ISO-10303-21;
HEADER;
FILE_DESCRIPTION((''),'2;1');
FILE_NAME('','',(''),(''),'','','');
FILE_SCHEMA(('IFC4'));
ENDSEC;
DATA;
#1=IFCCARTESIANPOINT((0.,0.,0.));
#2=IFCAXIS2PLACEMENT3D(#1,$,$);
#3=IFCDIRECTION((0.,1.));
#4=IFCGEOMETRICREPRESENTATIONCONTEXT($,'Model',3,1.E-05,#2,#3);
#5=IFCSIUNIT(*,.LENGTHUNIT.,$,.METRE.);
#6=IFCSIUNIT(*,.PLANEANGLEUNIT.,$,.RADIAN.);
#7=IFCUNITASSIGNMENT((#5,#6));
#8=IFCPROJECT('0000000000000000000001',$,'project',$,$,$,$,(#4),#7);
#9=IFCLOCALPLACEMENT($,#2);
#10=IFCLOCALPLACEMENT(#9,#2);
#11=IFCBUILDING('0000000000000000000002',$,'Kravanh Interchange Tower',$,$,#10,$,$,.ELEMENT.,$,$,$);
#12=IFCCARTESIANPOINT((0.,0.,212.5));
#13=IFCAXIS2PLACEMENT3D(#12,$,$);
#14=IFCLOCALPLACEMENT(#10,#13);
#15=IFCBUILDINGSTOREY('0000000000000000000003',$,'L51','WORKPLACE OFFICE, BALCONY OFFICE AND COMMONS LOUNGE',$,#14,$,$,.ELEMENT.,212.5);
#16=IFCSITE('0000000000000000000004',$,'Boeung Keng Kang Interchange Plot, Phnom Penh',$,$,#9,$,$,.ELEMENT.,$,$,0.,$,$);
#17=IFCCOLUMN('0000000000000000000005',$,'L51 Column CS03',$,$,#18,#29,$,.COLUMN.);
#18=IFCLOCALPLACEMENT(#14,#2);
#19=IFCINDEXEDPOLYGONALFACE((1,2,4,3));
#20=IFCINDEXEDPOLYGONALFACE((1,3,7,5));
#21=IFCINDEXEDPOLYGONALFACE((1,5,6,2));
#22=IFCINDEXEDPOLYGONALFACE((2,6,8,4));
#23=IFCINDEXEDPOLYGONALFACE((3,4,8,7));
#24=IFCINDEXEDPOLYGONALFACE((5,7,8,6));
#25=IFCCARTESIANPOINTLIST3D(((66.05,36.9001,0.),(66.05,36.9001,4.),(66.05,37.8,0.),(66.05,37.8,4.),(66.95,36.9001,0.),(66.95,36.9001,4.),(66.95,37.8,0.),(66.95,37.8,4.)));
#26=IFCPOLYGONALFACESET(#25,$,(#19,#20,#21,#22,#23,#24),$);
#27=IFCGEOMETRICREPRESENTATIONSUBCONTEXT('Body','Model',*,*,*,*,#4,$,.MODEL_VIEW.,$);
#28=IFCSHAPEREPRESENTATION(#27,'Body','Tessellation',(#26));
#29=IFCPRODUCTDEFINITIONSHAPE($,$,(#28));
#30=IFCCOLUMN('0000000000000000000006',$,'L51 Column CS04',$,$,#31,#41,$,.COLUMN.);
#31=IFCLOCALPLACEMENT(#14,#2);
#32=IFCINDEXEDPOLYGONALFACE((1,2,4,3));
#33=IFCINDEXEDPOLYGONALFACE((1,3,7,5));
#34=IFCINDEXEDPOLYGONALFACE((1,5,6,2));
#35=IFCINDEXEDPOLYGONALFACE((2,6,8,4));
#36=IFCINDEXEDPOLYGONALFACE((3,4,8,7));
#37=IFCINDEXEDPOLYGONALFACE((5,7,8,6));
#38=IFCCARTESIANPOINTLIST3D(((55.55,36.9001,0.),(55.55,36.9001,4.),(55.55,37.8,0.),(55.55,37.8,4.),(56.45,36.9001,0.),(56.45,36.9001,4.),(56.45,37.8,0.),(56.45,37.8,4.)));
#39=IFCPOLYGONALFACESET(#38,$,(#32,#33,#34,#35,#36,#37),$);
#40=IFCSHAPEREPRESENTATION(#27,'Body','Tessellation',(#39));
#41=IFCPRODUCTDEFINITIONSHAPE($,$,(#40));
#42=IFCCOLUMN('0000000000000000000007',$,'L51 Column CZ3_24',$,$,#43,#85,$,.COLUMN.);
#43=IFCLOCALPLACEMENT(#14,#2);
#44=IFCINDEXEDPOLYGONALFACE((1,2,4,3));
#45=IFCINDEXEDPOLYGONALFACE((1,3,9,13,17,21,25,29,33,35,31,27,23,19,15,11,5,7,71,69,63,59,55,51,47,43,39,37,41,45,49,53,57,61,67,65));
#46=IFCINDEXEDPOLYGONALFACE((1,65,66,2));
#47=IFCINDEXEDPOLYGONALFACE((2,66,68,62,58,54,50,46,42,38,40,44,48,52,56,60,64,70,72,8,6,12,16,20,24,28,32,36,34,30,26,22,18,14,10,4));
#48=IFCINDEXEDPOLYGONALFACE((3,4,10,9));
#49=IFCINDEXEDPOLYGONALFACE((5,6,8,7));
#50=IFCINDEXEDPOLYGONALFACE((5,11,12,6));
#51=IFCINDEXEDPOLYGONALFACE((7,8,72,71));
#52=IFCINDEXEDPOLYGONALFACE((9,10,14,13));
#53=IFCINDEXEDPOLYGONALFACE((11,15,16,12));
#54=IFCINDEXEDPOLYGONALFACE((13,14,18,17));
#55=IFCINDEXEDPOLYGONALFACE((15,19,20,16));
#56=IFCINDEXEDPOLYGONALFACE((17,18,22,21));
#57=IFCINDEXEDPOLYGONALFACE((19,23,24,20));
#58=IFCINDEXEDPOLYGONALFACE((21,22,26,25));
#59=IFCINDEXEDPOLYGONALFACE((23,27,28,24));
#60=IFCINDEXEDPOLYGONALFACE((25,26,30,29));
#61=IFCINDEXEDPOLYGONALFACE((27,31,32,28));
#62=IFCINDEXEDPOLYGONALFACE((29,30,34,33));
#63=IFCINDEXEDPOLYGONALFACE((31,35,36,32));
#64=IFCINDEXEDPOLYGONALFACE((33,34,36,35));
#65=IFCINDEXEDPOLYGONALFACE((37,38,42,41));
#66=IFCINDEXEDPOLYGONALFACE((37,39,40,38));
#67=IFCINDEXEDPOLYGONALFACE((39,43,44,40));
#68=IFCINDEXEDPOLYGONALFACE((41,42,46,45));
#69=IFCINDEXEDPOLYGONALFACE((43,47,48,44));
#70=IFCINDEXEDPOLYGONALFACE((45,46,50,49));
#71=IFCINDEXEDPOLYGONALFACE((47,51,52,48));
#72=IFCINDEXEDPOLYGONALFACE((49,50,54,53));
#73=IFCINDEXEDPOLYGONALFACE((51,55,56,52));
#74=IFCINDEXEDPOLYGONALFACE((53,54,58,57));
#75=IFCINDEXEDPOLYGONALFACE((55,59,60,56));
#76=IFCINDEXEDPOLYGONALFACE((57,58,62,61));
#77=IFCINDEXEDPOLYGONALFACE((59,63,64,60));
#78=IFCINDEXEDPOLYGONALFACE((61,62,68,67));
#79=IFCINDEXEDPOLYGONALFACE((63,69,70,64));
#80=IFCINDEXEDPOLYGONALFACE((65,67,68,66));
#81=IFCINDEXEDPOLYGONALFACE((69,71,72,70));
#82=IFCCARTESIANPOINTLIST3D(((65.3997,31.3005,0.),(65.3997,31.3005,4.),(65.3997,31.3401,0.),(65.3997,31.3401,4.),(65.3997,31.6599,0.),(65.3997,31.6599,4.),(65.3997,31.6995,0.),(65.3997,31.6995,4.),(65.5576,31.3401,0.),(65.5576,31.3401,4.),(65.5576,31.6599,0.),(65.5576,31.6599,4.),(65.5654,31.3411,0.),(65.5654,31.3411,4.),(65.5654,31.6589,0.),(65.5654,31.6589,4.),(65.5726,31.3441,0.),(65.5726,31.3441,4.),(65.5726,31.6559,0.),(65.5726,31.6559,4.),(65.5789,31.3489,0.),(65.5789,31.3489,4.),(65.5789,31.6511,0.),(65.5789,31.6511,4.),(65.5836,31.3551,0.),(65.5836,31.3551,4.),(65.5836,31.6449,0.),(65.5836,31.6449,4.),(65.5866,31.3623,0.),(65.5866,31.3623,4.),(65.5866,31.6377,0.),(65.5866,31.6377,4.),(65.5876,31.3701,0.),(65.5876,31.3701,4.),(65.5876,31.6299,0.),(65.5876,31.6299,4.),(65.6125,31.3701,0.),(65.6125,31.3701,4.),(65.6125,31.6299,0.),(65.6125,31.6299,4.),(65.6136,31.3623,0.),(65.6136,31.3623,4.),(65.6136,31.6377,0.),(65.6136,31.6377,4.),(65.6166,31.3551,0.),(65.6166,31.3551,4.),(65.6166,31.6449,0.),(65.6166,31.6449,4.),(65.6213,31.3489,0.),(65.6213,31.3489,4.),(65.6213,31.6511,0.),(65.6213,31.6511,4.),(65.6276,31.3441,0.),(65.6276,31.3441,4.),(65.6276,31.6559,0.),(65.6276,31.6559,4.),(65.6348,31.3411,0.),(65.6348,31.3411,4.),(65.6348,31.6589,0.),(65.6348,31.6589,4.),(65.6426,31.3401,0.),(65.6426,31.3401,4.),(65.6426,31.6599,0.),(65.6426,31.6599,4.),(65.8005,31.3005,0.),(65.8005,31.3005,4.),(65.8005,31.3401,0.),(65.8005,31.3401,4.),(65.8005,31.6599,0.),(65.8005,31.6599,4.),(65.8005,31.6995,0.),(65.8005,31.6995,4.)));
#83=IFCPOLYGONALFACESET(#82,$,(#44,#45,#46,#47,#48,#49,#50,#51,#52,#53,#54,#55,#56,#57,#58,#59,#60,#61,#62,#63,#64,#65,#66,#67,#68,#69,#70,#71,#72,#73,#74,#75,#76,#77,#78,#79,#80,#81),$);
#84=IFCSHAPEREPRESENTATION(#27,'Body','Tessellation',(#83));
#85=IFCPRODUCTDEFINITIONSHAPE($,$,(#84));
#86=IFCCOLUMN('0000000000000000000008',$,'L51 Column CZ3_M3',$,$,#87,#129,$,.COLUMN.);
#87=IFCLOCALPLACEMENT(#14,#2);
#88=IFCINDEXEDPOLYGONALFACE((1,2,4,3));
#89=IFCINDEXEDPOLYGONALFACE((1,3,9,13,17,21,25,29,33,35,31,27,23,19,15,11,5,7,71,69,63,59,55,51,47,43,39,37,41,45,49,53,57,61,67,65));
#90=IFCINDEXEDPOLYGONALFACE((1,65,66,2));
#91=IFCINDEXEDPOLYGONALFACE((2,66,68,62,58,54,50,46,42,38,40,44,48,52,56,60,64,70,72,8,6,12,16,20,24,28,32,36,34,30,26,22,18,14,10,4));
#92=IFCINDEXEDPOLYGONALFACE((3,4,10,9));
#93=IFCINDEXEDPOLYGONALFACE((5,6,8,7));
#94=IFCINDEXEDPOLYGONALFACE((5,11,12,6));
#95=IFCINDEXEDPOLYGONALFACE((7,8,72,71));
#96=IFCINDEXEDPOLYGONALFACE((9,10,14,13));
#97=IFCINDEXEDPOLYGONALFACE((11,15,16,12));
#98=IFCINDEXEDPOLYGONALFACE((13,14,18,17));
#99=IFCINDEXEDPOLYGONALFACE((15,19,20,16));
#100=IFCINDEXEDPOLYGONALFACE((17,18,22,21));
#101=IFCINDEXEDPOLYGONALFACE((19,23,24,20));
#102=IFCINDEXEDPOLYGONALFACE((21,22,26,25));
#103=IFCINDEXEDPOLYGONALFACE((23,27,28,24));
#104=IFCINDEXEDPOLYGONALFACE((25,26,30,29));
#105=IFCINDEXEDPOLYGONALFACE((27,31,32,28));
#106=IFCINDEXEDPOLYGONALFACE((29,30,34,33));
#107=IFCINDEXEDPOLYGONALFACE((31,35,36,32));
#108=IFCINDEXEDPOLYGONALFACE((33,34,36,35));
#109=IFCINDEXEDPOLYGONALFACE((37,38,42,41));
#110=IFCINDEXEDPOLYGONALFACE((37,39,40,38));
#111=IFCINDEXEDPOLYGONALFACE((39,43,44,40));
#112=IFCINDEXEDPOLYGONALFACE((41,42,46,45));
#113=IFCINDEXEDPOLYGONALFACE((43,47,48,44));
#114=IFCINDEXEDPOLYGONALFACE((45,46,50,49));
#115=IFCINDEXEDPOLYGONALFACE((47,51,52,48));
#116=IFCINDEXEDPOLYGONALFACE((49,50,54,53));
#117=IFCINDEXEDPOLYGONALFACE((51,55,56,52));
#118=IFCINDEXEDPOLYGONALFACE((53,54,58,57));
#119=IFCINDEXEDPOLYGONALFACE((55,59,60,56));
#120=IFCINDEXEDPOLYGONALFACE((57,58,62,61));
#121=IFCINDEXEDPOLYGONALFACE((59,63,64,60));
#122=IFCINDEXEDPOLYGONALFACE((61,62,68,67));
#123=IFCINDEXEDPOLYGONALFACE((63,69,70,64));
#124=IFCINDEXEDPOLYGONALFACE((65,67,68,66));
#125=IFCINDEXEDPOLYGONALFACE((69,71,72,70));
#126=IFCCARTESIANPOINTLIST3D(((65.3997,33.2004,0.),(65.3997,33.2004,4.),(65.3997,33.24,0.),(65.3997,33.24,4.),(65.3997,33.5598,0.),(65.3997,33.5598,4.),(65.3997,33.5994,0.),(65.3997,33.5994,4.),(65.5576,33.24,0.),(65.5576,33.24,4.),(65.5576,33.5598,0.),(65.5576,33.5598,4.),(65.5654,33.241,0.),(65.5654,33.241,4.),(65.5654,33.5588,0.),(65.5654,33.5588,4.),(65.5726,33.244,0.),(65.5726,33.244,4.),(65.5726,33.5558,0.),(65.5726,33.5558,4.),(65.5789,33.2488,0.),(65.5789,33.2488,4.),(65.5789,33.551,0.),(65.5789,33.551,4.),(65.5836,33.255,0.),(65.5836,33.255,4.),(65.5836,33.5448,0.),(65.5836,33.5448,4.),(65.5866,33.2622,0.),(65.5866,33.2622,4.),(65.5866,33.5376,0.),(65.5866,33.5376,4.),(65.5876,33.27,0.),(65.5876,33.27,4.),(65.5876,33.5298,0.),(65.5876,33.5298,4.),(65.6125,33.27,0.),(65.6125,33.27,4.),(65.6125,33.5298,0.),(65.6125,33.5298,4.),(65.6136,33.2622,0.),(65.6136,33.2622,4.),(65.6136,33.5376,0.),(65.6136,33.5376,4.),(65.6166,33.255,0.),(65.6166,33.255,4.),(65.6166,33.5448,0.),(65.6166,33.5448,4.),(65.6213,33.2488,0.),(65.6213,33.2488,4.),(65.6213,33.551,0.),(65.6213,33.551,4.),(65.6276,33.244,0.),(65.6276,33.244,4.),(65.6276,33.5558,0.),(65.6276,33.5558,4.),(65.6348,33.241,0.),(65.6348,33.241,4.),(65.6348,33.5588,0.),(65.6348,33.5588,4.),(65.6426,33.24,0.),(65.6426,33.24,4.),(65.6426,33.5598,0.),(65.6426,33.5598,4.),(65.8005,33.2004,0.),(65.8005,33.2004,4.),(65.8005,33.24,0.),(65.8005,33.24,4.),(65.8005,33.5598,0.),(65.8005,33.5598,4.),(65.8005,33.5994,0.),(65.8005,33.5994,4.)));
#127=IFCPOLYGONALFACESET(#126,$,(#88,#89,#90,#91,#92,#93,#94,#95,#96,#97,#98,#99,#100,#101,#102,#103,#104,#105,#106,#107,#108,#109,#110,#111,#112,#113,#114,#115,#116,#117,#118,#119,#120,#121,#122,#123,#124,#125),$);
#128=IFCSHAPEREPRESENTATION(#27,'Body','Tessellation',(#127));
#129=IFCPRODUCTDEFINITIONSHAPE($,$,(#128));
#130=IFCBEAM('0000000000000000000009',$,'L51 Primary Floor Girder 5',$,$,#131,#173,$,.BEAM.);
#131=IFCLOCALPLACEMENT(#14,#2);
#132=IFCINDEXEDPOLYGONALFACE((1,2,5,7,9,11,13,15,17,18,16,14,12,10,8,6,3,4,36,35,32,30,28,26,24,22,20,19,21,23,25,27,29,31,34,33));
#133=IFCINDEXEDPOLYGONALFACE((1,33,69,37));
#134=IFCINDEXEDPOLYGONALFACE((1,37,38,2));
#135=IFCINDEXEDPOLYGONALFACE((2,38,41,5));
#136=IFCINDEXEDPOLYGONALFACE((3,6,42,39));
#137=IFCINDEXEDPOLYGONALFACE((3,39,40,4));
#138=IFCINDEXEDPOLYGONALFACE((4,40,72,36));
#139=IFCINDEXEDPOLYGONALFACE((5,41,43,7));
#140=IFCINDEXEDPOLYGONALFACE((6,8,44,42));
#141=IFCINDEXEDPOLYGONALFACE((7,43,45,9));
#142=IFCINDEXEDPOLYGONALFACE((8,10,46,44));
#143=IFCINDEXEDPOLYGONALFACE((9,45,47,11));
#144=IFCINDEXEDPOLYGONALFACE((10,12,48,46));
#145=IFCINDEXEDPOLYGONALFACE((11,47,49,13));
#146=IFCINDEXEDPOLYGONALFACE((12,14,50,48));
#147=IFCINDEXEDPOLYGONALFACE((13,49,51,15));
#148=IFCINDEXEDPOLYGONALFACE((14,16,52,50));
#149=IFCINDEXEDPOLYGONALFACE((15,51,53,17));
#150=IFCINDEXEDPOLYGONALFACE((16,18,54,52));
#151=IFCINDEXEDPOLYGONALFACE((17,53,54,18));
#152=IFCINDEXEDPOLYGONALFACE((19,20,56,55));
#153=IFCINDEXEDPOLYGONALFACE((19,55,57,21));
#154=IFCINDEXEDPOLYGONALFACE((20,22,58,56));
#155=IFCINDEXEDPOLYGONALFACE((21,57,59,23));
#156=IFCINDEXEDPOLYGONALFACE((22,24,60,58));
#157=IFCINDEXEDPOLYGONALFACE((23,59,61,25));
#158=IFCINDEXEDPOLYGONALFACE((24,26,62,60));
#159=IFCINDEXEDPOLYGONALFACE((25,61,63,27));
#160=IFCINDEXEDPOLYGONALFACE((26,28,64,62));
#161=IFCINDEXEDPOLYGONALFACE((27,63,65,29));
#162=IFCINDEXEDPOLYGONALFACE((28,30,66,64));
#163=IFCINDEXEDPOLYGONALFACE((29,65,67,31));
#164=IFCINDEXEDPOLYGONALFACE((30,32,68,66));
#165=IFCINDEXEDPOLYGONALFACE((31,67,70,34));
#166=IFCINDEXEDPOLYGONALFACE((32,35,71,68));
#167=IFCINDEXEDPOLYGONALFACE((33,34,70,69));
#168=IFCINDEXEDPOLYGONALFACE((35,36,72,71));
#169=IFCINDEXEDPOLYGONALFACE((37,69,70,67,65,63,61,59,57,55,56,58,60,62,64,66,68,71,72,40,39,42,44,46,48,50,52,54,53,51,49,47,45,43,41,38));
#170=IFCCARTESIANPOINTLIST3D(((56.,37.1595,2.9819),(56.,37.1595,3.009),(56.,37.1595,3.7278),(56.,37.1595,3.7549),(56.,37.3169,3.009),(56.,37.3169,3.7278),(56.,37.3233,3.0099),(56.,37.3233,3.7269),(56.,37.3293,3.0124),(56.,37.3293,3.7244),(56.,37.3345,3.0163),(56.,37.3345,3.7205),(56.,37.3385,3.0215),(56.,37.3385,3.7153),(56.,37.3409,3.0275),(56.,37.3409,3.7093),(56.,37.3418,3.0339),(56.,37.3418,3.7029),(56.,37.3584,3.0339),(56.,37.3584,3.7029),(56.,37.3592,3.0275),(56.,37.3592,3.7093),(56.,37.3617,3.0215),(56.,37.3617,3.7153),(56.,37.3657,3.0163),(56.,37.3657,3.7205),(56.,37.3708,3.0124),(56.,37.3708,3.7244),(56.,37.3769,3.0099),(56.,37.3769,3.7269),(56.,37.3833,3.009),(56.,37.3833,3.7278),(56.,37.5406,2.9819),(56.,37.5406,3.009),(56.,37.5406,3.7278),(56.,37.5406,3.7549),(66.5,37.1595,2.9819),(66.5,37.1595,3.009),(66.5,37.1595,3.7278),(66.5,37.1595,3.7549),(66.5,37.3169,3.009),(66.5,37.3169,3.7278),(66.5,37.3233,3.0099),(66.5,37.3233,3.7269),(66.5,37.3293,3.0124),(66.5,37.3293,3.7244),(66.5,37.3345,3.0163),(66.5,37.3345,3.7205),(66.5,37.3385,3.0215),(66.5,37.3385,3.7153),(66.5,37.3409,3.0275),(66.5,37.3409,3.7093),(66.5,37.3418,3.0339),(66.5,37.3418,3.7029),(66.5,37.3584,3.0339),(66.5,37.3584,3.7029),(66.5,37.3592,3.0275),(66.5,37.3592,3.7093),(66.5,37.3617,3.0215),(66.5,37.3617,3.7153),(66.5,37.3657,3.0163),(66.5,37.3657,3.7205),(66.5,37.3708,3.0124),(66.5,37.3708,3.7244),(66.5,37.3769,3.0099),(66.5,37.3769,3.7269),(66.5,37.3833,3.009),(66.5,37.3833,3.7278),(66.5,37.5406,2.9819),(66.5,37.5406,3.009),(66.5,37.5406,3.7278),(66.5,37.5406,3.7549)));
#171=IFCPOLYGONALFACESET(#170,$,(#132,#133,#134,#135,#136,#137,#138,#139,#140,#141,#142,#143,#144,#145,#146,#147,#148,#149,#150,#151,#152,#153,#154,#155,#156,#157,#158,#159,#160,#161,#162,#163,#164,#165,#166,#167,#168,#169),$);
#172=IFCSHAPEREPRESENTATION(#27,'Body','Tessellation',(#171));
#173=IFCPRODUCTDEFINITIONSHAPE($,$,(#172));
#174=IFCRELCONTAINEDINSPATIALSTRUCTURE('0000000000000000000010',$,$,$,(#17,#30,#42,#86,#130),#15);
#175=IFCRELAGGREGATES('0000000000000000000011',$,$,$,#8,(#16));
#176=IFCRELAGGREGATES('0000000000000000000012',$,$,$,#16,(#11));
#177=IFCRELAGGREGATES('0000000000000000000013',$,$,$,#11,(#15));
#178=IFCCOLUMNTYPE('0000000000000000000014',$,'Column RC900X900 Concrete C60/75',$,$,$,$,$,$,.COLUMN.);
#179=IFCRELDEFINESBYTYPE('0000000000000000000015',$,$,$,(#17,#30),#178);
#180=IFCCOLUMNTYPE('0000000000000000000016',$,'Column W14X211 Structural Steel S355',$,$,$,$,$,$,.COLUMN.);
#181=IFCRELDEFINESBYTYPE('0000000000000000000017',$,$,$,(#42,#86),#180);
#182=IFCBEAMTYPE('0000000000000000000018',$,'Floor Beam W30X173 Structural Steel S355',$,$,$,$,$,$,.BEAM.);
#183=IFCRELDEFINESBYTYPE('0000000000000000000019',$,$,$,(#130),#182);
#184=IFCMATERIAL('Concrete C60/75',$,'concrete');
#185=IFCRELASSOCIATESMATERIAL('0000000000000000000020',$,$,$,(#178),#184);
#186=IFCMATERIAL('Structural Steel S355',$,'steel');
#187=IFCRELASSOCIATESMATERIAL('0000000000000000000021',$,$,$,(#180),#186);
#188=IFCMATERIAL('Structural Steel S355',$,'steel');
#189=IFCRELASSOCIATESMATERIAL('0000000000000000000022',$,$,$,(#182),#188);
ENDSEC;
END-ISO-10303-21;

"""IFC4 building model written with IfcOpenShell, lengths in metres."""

from ifc_helpers import new_model, si_unit, direction, frame, origin, origin_2d, place, context, subcontext, project, spatial, rectangle, i_section, extrude, material, material_profile, profile_set, type_object, element, save


model = new_model("IFC4")

# Units and contexts
model_context = context("Model", 3, precision=1e-05, world=origin(), true_north=direction((0.0, 1.0)))
body_context = subcontext(model_context, "Body", "Model", "MODEL_VIEW")
ifc_project = project(units=[si_unit("LENGTHUNIT", "METRE"), si_unit("PLANEANGLEUNIT", "RADIAN")], contexts=[model_context])

# Site, building, storey
site_placement = place(None, origin())
site = spatial("IfcSite", under=ifc_project, at=site_placement, Name="Boeung Keng Kang Interchange Plot, Phnom Penh", CompositionType="ELEMENT", RefElevation=0.0)
building_placement = place(site_placement, origin())
building = spatial("IfcBuilding", under=site, at=building_placement, Name="Kravanh Interchange Tower", CompositionType="ELEMENT")
storey_placement = place(building_placement, frame((0.0, 0.0, 212.5)))
storey = spatial("IfcBuildingStorey", under=building, at=storey_placement, Name="L51", Description="WORKPLACE OFFICE, BALCONY OFFICE AND COMMONS LOUNGE", CompositionType="ELEMENT", Elevation=212.5)

# Columns
ifc_material_1 = material(Name="Concrete C60/75", Category="concrete")
ifc_material_profile_1 = material_profile(ifc_material_1, rectangle(XDim=0.8999, YDim=0.8999, at=origin_2d()), Name="RC900X900")
ifc_profile_set_1 = profile_set([ifc_material_profile_1], Name="Concrete C60/75")
column_type_1 = type_object("IfcColumnType", Name="Column RC900X900 Concrete C60/75", PredefinedType="COLUMN", material=ifc_profile_set_1)
for number, where, z_axis, x_axis, name in (
    (1, (66.5, 37.3501, 0.0), (0.0, 0.0, 1.0), (1.0, 0.0, 0.0), "L51 Column CS03"),
    (2, (56.0, 37.3501, 0.0), (0.0, 0.0, 1.0), (1.0, 0.0, 0.0), "L51 Column CS04"),
):
    element("IfcColumn", number, at=place(storey_placement, frame(where, z_axis=z_axis, x_axis=x_axis)), inside=storey, type_object=column_type_1, Name=name, PredefinedType="COLUMN", context=body_context, shape_type="SweptSolid", body=[
        extrude(rectangle(XDim=0.8999, YDim=0.8999, at=origin_2d()), origin(), (0.0, 0.0, 1.0), 4.0),
    ])
ifc_material_2 = material(Name="Structural Steel S355", Category="steel")
ifc_material_profile_2 = material_profile(ifc_material_2, i_section(OverallWidth=0.4009, OverallDepth=0.3989, WebThickness=0.0249, FlangeThickness=0.0396, FilletRadius=0.03, at=origin_2d()), Name="W14X211")
ifc_profile_set_2 = profile_set([ifc_material_profile_2], Name="Structural Steel S355")
column_type_2 = type_object("IfcColumnType", Name="Column W14X211 Structural Steel S355", PredefinedType="COLUMN", material=ifc_profile_set_2)
for number, where, z_axis, x_axis, name in (
    (3, (65.6001, 31.5, 0.0), (0.0, 0.0, 1.0), (1.0, 0.0, 0.0), "L51 Column CZ3_24"),
    (4, (65.6001, 33.3999, 0.0), (0.0, 0.0, 1.0), (1.0, 0.0, 0.0), "L51 Column CZ3_M3"),
):
    element("IfcColumn", number, at=place(storey_placement, frame(where, z_axis=z_axis, x_axis=x_axis)), inside=storey, type_object=column_type_2, Name=name, PredefinedType="COLUMN", context=body_context, shape_type="SweptSolid", body=[
        extrude(i_section(OverallWidth=0.4009, OverallDepth=0.3989, WebThickness=0.0249, FlangeThickness=0.0396, FilletRadius=0.03, at=origin_2d()), origin(), (0.0, 0.0, 1.0), 4.0),
    ])

# Beam
ifc_material_3 = material(Name="Structural Steel S355", Category="steel")
ifc_material_profile_3 = material_profile(ifc_material_3, i_section(OverallWidth=0.3811, OverallDepth=0.7729, WebThickness=0.0166, FlangeThickness=0.0271, FilletRadius=0.0249, at=origin_2d()), Name="W30X173")
ifc_profile_set_3 = profile_set([ifc_material_profile_3], Name="Structural Steel S355")
beam_type_1 = type_object("IfcBeamType", Name="Floor Beam W30X173 Structural Steel S355", PredefinedType="BEAM", material=ifc_profile_set_3)
beam_1_placement = place(storey_placement, frame((66.5, 37.3501, 3.3684), z_axis=(-1.0, 0.0, 0.0), x_axis=(0.0, -1.0, 0.0)))
element("IfcBeam", 5, at=beam_1_placement, inside=storey, type_object=beam_type_1, Name="L51 Primary Floor Girder 5", PredefinedType="BEAM", context=body_context, shape_type="SweptSolid", body=[
    extrude(i_section(OverallWidth=0.3811, OverallDepth=0.7729, WebThickness=0.0166, FlangeThickness=0.0271, FilletRadius=0.0249, at=origin_2d()), origin(), (0.0, 0.0, 1.0), 10.5),
])

save(model, "model.ifc")
